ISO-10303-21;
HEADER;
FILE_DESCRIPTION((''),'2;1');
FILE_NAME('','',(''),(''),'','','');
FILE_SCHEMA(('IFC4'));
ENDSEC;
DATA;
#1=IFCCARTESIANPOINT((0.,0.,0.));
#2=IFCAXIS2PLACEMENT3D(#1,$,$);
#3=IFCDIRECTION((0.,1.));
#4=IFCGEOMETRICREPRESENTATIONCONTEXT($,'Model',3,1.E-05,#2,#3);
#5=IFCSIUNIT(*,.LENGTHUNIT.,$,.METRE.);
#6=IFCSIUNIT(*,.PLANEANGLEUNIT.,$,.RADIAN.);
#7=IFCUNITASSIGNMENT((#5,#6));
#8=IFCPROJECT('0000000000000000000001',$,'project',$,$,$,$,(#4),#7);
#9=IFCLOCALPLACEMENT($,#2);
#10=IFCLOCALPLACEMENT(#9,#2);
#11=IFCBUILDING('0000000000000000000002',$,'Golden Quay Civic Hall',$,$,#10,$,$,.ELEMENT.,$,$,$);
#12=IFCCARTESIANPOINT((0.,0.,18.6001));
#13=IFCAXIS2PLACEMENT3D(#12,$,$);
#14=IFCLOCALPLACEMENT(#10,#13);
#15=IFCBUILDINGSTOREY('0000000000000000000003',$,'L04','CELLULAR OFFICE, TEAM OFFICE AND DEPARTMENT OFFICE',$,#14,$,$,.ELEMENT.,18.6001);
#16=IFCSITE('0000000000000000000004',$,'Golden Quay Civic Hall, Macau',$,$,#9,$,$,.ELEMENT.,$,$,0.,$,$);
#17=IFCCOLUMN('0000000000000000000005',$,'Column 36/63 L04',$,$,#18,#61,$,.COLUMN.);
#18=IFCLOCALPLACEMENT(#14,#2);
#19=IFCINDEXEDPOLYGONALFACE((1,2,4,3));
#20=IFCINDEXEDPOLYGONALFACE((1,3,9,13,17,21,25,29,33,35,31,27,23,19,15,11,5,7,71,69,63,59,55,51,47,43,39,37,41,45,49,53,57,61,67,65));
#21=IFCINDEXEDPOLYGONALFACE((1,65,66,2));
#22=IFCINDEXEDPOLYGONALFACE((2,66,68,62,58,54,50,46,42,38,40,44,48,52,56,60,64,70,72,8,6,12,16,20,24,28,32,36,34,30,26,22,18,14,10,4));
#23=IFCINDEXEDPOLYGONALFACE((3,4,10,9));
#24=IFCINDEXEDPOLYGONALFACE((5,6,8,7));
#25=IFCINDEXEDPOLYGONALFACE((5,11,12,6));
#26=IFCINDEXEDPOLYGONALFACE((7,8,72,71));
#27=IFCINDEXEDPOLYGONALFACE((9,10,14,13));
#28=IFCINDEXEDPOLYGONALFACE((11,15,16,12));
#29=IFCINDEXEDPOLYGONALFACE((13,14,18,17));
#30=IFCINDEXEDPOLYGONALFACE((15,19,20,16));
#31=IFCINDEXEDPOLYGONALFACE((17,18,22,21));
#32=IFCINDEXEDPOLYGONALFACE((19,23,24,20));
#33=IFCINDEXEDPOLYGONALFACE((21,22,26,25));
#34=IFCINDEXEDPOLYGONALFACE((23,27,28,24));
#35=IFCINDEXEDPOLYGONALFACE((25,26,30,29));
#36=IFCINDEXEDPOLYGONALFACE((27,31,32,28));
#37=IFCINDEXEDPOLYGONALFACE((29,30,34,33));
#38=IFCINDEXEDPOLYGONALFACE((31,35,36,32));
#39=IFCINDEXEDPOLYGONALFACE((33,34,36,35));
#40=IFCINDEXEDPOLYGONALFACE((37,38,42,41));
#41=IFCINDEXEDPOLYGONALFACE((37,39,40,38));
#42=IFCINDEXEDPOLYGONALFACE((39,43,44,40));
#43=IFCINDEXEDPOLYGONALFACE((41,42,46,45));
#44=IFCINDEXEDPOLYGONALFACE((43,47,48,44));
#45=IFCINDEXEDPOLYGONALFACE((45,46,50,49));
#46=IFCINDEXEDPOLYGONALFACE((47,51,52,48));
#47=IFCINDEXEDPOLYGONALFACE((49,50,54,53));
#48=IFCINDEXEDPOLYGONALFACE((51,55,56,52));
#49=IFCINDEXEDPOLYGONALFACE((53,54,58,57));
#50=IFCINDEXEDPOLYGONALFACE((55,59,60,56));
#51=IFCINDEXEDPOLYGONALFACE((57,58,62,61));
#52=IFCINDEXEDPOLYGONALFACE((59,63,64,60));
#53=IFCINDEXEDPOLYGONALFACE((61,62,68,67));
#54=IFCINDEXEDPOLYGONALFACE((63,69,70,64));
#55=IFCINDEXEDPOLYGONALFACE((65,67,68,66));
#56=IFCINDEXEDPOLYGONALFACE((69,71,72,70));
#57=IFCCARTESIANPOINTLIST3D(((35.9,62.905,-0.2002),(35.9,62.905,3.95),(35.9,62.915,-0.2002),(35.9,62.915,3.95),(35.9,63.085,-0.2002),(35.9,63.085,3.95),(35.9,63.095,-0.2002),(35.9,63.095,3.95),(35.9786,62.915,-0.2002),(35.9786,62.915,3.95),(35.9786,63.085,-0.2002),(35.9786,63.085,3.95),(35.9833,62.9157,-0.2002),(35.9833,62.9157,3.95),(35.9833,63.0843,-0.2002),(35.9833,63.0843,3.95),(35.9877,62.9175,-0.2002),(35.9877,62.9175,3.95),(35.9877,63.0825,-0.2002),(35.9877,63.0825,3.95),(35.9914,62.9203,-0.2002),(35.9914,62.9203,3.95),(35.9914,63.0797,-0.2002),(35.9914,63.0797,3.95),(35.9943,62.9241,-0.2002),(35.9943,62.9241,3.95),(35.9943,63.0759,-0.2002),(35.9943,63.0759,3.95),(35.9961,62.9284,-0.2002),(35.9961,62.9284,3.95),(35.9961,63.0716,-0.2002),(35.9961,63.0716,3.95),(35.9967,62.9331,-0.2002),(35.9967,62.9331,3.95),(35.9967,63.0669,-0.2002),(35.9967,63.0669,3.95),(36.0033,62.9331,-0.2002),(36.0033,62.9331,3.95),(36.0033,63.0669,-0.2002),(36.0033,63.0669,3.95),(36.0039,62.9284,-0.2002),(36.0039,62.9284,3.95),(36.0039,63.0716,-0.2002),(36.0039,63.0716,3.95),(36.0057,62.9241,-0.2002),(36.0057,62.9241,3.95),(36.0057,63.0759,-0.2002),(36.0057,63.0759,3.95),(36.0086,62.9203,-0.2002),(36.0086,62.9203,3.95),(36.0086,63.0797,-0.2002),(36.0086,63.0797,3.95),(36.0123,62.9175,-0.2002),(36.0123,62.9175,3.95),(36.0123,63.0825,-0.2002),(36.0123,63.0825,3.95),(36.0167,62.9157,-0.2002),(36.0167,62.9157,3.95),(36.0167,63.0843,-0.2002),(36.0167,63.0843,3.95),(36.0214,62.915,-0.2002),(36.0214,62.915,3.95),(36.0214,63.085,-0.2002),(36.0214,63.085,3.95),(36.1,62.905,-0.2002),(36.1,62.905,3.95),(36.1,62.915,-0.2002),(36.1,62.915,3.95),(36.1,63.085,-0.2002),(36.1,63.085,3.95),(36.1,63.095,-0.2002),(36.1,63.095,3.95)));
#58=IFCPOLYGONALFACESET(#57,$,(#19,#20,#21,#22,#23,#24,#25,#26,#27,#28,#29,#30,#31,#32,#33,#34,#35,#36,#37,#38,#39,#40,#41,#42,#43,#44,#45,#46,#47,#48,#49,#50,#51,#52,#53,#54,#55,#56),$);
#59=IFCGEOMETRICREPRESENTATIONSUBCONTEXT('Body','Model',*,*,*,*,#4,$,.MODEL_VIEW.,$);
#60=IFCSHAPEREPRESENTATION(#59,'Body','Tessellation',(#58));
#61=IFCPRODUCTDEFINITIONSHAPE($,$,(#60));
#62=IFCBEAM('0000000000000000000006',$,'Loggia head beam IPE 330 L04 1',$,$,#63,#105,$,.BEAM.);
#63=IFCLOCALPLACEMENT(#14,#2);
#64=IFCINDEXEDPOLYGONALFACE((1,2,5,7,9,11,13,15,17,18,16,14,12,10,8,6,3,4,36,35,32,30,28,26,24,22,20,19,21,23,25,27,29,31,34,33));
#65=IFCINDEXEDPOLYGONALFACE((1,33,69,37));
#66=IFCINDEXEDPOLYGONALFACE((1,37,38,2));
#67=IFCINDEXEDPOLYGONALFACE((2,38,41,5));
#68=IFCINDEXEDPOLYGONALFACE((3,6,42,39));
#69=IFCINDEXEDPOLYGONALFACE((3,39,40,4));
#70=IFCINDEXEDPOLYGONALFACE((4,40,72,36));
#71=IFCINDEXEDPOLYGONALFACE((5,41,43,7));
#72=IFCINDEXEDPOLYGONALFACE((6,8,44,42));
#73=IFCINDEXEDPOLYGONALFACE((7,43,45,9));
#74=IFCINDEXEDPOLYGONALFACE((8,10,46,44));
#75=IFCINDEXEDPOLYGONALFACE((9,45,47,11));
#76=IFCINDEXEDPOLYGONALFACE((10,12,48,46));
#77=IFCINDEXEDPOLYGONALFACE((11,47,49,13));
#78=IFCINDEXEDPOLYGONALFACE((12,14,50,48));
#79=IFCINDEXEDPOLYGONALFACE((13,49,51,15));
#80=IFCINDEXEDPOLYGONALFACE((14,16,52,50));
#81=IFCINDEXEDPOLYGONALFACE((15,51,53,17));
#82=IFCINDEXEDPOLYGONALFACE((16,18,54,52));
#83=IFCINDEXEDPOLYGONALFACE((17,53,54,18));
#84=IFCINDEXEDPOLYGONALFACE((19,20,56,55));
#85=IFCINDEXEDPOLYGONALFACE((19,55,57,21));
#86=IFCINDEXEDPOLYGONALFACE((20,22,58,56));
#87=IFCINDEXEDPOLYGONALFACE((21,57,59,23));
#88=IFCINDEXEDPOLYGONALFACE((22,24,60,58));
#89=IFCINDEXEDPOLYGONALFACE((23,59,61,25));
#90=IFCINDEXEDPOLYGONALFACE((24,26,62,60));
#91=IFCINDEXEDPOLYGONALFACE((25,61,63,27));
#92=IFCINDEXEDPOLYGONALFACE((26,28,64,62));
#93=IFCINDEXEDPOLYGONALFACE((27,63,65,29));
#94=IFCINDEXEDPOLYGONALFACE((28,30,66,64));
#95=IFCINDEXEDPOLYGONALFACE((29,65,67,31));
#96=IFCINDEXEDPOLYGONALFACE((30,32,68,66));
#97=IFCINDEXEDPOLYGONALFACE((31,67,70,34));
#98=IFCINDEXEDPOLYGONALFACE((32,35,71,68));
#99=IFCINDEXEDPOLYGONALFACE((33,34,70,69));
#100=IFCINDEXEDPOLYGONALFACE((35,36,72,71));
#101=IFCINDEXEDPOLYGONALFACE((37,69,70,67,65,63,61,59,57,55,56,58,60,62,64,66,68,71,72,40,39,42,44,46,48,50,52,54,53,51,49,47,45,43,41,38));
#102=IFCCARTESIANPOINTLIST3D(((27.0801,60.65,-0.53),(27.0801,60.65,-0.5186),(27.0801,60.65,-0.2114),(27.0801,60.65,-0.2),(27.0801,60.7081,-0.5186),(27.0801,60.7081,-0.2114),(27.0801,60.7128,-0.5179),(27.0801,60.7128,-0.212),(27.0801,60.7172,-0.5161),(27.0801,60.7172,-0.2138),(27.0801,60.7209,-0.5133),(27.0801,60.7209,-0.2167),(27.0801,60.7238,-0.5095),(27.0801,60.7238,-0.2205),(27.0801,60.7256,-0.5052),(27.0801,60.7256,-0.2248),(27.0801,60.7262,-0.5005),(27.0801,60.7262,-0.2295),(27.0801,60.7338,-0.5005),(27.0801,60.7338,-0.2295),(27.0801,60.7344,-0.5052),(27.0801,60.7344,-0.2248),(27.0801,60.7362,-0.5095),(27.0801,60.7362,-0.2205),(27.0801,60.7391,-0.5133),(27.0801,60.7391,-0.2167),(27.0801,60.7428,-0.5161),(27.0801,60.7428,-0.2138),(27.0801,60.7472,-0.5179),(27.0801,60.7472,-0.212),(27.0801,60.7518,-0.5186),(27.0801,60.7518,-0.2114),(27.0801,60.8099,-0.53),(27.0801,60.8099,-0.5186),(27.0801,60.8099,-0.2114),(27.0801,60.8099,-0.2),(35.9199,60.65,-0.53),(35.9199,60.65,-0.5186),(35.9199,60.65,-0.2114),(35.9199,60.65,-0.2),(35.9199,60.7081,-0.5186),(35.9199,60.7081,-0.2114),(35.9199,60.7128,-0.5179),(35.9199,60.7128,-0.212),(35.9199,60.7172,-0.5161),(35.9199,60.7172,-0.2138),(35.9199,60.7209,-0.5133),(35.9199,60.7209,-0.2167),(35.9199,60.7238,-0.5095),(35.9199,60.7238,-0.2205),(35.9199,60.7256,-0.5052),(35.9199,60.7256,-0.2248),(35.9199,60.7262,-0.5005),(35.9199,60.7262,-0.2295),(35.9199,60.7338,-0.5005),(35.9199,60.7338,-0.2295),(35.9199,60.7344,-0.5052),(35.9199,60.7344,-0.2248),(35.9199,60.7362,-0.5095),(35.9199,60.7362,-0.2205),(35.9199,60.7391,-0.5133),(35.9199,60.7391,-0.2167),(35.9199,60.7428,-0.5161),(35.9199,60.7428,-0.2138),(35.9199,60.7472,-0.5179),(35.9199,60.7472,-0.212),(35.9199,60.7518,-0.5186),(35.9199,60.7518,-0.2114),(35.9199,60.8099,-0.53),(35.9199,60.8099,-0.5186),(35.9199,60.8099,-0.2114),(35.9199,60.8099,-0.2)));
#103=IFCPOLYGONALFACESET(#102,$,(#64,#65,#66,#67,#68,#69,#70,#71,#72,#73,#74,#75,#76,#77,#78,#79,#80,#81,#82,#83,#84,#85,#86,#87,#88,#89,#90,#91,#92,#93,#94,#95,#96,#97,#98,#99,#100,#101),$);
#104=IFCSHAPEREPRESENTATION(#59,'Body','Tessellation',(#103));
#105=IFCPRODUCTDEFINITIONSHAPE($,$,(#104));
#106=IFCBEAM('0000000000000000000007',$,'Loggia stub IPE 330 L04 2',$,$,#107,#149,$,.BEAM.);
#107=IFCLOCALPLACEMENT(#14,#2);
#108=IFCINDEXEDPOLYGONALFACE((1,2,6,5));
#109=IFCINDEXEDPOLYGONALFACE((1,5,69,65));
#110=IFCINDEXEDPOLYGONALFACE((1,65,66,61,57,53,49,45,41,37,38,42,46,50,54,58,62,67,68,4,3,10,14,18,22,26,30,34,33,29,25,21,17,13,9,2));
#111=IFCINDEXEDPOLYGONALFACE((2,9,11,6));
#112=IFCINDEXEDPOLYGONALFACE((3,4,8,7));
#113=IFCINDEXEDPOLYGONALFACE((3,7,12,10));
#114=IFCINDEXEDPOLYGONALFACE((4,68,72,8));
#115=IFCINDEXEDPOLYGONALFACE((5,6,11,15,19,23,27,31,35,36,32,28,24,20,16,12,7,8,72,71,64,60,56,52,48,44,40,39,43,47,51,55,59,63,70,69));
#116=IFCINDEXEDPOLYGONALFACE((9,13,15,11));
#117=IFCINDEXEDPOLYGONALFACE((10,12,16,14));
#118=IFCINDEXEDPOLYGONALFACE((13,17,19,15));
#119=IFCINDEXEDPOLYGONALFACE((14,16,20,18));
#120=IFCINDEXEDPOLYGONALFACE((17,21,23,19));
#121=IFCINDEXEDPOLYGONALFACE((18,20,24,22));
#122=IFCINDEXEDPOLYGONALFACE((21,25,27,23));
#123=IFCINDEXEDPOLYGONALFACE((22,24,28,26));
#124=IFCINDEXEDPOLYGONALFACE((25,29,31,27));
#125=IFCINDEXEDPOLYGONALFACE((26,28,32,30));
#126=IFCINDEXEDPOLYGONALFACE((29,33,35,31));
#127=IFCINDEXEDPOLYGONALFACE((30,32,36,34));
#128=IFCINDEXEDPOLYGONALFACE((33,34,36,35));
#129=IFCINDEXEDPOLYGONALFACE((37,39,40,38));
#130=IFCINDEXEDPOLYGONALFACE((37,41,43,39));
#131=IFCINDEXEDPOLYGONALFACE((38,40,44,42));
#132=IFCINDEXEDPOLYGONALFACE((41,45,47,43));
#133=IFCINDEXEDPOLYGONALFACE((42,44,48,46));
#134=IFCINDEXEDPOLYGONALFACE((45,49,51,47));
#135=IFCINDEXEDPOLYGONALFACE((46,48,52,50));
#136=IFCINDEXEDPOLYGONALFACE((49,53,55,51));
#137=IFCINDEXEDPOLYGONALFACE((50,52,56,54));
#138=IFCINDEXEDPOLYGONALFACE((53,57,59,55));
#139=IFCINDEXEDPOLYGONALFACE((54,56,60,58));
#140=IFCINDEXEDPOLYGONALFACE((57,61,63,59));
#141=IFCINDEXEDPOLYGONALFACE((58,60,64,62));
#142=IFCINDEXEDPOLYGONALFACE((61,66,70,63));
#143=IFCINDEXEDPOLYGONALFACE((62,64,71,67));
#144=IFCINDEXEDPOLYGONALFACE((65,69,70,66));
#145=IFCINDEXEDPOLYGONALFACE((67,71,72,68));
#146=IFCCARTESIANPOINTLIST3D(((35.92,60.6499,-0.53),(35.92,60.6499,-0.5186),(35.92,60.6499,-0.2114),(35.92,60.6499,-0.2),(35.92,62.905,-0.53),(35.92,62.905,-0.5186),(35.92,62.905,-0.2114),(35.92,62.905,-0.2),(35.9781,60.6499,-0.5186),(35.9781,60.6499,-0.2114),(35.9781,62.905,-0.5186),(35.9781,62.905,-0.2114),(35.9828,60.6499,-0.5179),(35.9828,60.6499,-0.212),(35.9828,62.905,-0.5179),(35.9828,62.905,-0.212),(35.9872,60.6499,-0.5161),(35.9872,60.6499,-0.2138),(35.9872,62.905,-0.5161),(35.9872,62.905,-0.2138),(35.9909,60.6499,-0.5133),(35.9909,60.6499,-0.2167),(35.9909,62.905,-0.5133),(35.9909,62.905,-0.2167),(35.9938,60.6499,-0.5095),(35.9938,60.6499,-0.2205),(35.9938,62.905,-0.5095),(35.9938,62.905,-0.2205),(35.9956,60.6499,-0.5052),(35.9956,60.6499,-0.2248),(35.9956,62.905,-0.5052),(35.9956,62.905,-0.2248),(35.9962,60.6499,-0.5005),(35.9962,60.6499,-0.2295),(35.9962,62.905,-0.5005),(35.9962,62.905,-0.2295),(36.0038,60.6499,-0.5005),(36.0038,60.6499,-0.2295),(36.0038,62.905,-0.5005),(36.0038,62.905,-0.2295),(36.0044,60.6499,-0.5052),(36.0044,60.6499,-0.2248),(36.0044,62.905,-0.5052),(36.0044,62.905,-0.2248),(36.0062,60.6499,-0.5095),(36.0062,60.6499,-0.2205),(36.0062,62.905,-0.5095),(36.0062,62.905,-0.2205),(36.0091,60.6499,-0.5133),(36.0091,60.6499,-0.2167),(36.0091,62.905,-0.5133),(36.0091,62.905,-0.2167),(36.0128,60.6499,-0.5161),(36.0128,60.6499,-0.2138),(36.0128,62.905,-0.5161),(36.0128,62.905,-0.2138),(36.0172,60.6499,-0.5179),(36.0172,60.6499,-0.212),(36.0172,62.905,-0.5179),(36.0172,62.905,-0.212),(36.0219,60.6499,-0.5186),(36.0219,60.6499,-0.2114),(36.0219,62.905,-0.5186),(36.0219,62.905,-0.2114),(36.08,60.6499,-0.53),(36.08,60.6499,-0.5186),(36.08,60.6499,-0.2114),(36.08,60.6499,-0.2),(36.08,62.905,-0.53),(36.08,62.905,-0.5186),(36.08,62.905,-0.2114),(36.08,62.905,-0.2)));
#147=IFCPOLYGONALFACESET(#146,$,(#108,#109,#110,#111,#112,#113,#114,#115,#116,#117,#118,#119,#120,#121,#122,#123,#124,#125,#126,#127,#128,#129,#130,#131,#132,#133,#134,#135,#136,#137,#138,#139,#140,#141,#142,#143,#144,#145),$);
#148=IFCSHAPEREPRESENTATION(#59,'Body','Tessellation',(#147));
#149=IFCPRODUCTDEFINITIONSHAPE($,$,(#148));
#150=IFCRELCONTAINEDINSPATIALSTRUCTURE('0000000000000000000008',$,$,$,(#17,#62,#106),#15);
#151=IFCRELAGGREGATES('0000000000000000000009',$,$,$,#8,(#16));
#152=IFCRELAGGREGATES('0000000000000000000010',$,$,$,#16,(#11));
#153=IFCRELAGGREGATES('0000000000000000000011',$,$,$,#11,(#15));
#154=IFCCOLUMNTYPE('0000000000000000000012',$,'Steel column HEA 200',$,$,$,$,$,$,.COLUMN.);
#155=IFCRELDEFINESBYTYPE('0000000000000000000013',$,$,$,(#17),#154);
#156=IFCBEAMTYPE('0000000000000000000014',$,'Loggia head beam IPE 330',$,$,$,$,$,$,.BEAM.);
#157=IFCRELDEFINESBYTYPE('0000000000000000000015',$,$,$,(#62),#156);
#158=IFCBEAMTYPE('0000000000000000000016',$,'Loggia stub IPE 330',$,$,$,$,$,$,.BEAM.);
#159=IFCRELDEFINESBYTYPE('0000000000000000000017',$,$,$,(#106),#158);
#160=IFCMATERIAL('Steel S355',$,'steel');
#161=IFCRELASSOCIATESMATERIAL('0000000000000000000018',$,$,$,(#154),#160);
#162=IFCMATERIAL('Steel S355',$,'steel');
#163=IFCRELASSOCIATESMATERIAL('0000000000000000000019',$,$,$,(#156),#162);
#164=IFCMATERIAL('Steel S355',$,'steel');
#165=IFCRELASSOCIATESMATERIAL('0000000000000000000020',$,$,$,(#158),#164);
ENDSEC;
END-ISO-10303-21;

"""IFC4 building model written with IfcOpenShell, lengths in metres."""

from ifc_helpers import new_model, si_unit, direction, frame, origin, origin_2d, place, context, subcontext, project, spatial, i_section, extrude, material, material_profile, profile_set, type_object, element, save


model = new_model("IFC4")

# Units and contexts
model_context = context("Model", 3, precision=1e-05, world=origin(), true_north=direction((0.0, 1.0)))
body_context = subcontext(model_context, "Body", "Model", "MODEL_VIEW")
ifc_project = project(units=[si_unit("LENGTHUNIT", "METRE"), si_unit("PLANEANGLEUNIT", "RADIAN")], contexts=[model_context])

# Site, building, storey
site_placement = place(None, origin())
site = spatial("IfcSite", under=ifc_project, at=site_placement, Name="Golden Quay Civic Hall, Macau", CompositionType="ELEMENT", RefElevation=0.0)
building_placement = place(site_placement, origin())
building = spatial("IfcBuilding", under=site, at=building_placement, Name="Golden Quay Civic Hall", CompositionType="ELEMENT")
storey_placement = place(building_placement, frame((0.0, 0.0, 18.6001)))
storey = spatial("IfcBuildingStorey", under=building, at=storey_placement, Name="L04", Description="CELLULAR OFFICE, TEAM OFFICE AND DEPARTMENT OFFICE", CompositionType="ELEMENT", Elevation=18.6001)

# Column
ifc_material_1 = material(Name="Steel S355", Category="steel")
ifc_material_profile_1 = material_profile(ifc_material_1, i_section(OverallWidth=0.2, OverallDepth=0.1899, WebThickness=0.0066, FlangeThickness=0.01, FilletRadius=0.0181, at=origin_2d()), Name="HEA 200")
ifc_profile_set_1 = profile_set([ifc_material_profile_1], Name="Steel S355")
column_type = type_object("IfcColumnType", Name="Steel column HEA 200", PredefinedType="COLUMN", material=ifc_profile_set_1)
column_placement = place(storey_placement, frame((36.0, 63.0, -0.2002), z_axis=(0.0, 0.0, 1.0), x_axis=(1.0, 0.0, 0.0)))
element("IfcColumn", 1, at=column_placement, inside=storey, type_object=column_type, Name="Column 36/63 L04", PredefinedType="COLUMN", context=body_context, shape_type="SweptSolid", body=[
    extrude(i_section(OverallWidth=0.2, OverallDepth=0.1899, WebThickness=0.0066, FlangeThickness=0.01, FilletRadius=0.0181, at=origin_2d()), origin(), (0.0, 0.0, 1.0), 4.1501),
])

# Beams
ifc_material_2 = material(Name="Steel S355", Category="steel")
ifc_material_profile_2 = material_profile(ifc_material_2, i_section(OverallWidth=0.1599, OverallDepth=0.3301, WebThickness=0.0076, FlangeThickness=0.0115, FilletRadius=0.0181, at=origin_2d()), Name="IPE 330")
ifc_profile_set_2 = profile_set([ifc_material_profile_2], Name="Steel S355")
beam_type_1 = type_object("IfcBeamType", Name="Loggia head beam IPE 330", PredefinedType="BEAM", material=ifc_profile_set_2)
beam_1_placement = place(storey_placement, frame((27.0801, 60.73, -0.365), z_axis=(1.0, 0.0, 0.0), x_axis=(0.0, 1.0, 0.0)))
element("IfcBeam", 2, at=beam_1_placement, inside=storey, type_object=beam_type_1, Name="Loggia head beam IPE 330 L04 1", PredefinedType="BEAM", context=body_context, shape_type="SweptSolid", body=[
    extrude(i_section(OverallWidth=0.1599, OverallDepth=0.3301, WebThickness=0.0076, FlangeThickness=0.0115, FilletRadius=0.0181, at=origin_2d()), origin(), (0.0, 0.0, 1.0), 8.8398),
])
ifc_material_3 = material(Name="Steel S355", Category="steel")
ifc_material_profile_3 = material_profile(ifc_material_3, i_section(OverallWidth=0.1599, OverallDepth=0.3301, WebThickness=0.0076, FlangeThickness=0.0115, FilletRadius=0.0181, at=origin_2d()), Name="IPE 330")
ifc_profile_set_3 = profile_set([ifc_material_profile_3], Name="Steel S355")
beam_type_2 = type_object("IfcBeamType", Name="Loggia stub IPE 330", PredefinedType="BEAM", material=ifc_profile_set_3)
beam_2_placement = place(storey_placement, frame((36.0, 62.905, -0.365), z_axis=(0.0, -1.0, 0.0), x_axis=(1.0, 0.0, 0.0)))
element("IfcBeam", 3, at=beam_2_placement, inside=storey, type_object=beam_type_2, Name="Loggia stub IPE 330 L04 2", PredefinedType="BEAM", context=body_context, shape_type="SweptSolid", body=[
    extrude(i_section(OverallWidth=0.1599, OverallDepth=0.3301, WebThickness=0.0076, FlangeThickness=0.0115, FilletRadius=0.0181, at=origin_2d()), origin(), (0.0, 0.0, 1.0), 2.2551),
])

save(model, "model.ifc")
